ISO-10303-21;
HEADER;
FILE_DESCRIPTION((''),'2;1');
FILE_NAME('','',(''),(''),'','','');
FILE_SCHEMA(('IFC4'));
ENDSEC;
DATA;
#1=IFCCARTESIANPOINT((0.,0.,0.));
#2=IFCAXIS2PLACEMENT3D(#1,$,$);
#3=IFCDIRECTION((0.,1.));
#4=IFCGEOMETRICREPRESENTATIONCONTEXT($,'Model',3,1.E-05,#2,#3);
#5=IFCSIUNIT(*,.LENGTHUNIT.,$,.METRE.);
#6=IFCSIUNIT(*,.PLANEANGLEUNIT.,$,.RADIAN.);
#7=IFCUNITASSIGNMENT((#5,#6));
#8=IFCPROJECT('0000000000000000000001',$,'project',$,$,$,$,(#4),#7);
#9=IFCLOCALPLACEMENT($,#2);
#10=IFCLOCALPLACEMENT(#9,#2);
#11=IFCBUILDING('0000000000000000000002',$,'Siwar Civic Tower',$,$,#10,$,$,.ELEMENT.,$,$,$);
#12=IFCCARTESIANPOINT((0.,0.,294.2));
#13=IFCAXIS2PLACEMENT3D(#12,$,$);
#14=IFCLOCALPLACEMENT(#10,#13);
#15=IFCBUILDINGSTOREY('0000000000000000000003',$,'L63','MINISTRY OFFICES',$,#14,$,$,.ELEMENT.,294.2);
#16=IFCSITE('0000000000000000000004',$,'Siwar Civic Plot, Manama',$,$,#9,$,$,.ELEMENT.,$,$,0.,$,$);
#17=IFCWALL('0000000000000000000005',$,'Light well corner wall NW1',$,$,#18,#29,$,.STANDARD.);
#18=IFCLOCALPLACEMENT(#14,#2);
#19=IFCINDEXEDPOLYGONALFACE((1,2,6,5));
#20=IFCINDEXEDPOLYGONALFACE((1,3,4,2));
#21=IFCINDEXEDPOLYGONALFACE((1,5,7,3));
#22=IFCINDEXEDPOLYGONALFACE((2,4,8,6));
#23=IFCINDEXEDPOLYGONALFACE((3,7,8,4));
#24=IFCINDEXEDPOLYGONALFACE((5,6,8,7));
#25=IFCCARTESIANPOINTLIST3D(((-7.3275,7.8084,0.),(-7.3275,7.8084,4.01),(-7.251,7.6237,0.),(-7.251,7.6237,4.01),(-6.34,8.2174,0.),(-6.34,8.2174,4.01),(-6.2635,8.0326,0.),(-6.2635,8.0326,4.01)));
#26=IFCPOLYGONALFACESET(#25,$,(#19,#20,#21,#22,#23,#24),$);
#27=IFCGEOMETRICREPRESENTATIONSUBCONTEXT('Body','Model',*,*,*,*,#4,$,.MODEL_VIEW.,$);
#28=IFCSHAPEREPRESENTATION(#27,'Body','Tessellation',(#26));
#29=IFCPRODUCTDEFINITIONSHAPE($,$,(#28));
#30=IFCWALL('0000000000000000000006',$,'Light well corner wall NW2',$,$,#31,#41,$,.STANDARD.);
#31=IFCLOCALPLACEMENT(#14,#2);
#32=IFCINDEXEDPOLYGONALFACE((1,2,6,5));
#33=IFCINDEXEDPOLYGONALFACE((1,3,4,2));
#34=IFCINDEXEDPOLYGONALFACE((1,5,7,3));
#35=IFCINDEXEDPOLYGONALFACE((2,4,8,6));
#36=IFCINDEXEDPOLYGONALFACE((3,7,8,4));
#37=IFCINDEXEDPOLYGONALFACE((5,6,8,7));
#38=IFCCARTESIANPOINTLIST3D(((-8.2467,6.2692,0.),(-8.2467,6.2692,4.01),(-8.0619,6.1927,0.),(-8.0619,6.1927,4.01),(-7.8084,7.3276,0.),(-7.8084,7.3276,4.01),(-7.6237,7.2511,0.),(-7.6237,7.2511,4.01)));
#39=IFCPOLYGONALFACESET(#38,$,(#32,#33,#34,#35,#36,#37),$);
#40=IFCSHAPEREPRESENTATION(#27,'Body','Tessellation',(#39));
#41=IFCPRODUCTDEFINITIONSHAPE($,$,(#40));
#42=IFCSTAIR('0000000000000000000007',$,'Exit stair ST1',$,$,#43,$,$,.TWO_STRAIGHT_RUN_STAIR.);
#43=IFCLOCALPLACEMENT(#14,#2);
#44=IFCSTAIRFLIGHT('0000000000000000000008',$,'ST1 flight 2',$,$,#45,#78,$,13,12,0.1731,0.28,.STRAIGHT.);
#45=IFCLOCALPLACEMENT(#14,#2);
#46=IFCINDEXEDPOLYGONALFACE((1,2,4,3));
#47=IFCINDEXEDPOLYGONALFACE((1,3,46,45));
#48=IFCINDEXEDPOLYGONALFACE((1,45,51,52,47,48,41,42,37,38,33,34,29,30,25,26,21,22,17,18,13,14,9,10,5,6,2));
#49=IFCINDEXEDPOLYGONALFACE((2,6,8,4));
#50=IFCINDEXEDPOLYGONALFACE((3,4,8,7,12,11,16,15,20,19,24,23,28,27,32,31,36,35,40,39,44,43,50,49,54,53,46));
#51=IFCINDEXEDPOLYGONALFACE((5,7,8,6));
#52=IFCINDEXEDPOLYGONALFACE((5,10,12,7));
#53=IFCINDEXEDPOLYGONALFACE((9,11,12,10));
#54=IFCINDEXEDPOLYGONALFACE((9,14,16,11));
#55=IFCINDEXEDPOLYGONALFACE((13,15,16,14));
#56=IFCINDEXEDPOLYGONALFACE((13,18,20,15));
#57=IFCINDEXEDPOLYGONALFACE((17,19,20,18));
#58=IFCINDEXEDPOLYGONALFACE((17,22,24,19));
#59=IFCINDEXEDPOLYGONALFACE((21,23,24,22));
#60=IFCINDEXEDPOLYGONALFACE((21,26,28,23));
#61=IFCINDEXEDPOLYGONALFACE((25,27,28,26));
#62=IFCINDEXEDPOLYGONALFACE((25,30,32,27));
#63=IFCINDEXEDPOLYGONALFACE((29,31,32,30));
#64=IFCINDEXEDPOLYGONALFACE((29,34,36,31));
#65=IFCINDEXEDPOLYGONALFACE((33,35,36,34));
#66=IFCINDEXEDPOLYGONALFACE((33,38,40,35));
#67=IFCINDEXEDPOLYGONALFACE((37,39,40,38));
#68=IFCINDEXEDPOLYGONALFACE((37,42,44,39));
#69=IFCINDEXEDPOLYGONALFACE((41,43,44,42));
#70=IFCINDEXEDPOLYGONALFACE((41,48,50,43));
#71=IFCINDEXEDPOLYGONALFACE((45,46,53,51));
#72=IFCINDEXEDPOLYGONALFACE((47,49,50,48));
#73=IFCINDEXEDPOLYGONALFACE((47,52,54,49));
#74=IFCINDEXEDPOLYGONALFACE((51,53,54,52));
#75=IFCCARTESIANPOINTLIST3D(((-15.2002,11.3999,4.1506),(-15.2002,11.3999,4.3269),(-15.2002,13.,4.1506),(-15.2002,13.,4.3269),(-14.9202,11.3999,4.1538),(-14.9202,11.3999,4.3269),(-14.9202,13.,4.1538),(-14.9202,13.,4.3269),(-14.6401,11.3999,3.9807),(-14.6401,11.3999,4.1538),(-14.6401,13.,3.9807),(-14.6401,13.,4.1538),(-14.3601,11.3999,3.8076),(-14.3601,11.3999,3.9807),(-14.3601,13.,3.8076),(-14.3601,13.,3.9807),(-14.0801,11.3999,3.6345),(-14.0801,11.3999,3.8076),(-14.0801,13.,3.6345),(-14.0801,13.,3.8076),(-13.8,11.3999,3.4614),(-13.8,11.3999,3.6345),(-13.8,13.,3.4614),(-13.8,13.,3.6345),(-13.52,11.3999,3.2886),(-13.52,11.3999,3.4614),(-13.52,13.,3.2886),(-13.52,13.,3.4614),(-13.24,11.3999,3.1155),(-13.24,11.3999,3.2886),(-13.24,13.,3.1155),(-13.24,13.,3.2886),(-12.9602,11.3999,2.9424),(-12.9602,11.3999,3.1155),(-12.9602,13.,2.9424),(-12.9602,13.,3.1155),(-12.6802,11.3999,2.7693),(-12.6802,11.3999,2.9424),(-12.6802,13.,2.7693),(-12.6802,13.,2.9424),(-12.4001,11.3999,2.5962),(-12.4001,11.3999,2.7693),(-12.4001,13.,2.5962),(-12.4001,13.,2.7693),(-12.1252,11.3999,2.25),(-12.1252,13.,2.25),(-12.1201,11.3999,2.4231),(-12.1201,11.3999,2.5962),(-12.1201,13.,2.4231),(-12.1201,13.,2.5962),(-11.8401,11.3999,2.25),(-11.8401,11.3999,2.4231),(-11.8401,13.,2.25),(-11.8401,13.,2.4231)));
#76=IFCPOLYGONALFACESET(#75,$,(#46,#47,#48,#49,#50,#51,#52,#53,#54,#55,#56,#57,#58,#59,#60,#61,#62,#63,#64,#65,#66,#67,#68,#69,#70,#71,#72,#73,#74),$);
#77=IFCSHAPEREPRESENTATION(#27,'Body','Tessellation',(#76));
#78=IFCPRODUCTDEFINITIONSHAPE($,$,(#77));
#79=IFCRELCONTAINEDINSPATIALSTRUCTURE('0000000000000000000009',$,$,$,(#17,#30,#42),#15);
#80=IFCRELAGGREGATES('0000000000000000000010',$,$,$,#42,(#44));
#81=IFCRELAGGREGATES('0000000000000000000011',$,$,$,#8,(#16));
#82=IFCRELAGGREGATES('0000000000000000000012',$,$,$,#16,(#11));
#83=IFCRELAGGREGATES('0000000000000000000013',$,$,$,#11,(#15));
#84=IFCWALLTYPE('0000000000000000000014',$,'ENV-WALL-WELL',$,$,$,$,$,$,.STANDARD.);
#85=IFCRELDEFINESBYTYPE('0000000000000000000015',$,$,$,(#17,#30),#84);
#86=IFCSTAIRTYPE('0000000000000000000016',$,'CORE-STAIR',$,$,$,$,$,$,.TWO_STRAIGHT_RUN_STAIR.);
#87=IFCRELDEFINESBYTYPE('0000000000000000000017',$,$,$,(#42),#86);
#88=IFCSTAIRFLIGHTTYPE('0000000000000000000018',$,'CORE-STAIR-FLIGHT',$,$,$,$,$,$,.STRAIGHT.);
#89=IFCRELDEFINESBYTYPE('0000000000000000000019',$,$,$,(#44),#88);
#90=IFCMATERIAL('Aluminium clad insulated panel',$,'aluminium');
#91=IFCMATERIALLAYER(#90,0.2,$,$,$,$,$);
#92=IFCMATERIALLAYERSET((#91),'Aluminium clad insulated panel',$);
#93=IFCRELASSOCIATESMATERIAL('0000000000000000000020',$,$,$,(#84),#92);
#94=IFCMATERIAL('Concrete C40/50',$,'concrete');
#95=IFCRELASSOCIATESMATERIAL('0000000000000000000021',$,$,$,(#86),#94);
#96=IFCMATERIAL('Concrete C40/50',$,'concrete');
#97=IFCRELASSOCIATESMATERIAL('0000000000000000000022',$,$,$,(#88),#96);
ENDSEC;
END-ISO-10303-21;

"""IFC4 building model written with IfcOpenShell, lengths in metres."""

from ifc_helpers import new_model, si_unit, direction, frame, frame_2d, origin, place, context, subcontext, project, spatial, polyline, rectangle, outline, extrude, material, layer, layer_set, type_object, element, aggregate, save


model = new_model("IFC4")

# Units and contexts
model_context = context("Model", 3, precision=1e-05, world=origin(), true_north=direction((0.0, 1.0)))
body_context = subcontext(model_context, "Body", "Model", "MODEL_VIEW")
ifc_project = project(units=[si_unit("LENGTHUNIT", "METRE"), si_unit("PLANEANGLEUNIT", "RADIAN")], contexts=[model_context])

# Site, building, storey
site_placement = place(None, origin())
site = spatial("IfcSite", under=ifc_project, at=site_placement, Name="Siwar Civic Plot, Manama", CompositionType="ELEMENT", RefElevation=0.0)
building_placement = place(site_placement, origin())
building = spatial("IfcBuilding", under=site, at=building_placement, Name="Siwar Civic Tower", CompositionType="ELEMENT")
storey_placement = place(building_placement, frame((0.0, 0.0, 294.2)))
storey = spatial("IfcBuildingStorey", under=building, at=storey_placement, Name="L63", Description="MINISTRY OFFICES", CompositionType="ELEMENT", Elevation=294.2)

# Walls
ifc_material_1 = material(Name="Aluminium clad insulated panel", Category="aluminium")
ifc_layer_1 = layer(ifc_material_1, 0.2)
ifc_layer_set_1 = layer_set([ifc_layer_1], Name="Aluminium clad insulated panel")
wall_type_1 = type_object("IfcWallType", Name="ENV-WALL-WELL", PredefinedType="STANDARD", material=ifc_layer_set_1)
wall_1_placement = place(storey_placement, frame((-6.3018, 8.125, 0.0), z_axis=(0.0, 0.0, 1.0), x_axis=(-0.923919, -0.382587, 0.0)))
element("IfcWall", 1, at=wall_1_placement, inside=storey, type_object=wall_type_1, Name="Light well corner wall NW1", PredefinedType="STANDARD", context=body_context, shape_type="SweptSolid", body=[
    extrude(rectangle(XDim=1.0688, YDim=0.2, at=frame_2d((0.5344, 0.0))), origin(), (0.0, 0.0, 1.0), 4.01),
])
wall_2_placement = place(storey_placement, frame((-7.7161, 7.2893, 0.0), z_axis=(0.0, 0.0, 1.0), x_axis=(-0.382571, -0.923926, 0.0)))
element("IfcWall", 2, at=wall_2_placement, inside=storey, type_object=wall_type_1, Name="Light well corner wall NW2", PredefinedType="STANDARD", context=body_context, shape_type="SweptSolid", body=[
    extrude(rectangle(XDim=1.1455, YDim=0.2, at=frame_2d((0.5728, 0.0))), origin(), (0.0, 0.0, 1.0), 4.01),
])

# Stair, stair flight
ifc_material_2 = material(Name="Concrete C40/50", Category="concrete")
stair_type = type_object("IfcStairType", Name="CORE-STAIR", PredefinedType="TWO_STRAIGHT_RUN_STAIR", material=ifc_material_2)
stair_placement = place(storey_placement, origin())
stair = element("IfcStair", 3, at=stair_placement, inside=storey, type_object=stair_type, Name="Exit stair ST1", PredefinedType="TWO_STRAIGHT_RUN_STAIR")
ifc_material_3 = material(Name="Concrete C40/50", Category="concrete")
stair_flight_type = type_object("IfcStairFlightType", Name="CORE-STAIR-FLIGHT", PredefinedType="STRAIGHT", material=ifc_material_3)
stair_flight_placement = place(storey_placement, frame((-11.8401, 12.2, 2.25), z_axis=(0.0, 0.0, 1.0), x_axis=(-1.0, 0.0, 0.0)))
stair_flight = element("IfcStairFlight", 4, at=stair_flight_placement, type_object=stair_flight_type, Name="ST1 flight 2", NumberOfRisers=13, NumberOfTreads=12, PredefinedType="STRAIGHT", RiserHeight=0.1731, TreadLength=0.28, context=body_context, shape_type="SweptSolid", body=[
    extrude(outline(polyline([(0.0, 0.0), (0.0, 0.1731), (0.28, 0.1731), (0.28, 0.3462), (0.5601, 0.3462), (0.5601, 0.5193), (0.8401, 0.5193), (0.8401, 0.6924), (1.1201, 0.6924), (1.1201, 0.8655), (1.3999, 0.8655), (1.3999, 1.0386), (1.6799, 1.0386), (1.6799, 1.2114), (1.96, 1.2114), (1.96, 1.3845), (2.24, 1.3845), (2.24, 1.5576), (2.52, 1.5576), (2.52, 1.7307), (2.8, 1.7307), (2.8, 1.9038), (3.0801, 1.9038), (3.0801, 2.0769), (3.3601, 2.0769), (3.3601, 2.25), (3.3601, 1.9006), (0.2852, 0.0), (0.0, 0.0)])), frame((0.0, 0.8, 0.0), z_axis=(0.0, -1.0, 0.0), x_axis=(1.0, 0.0, 0.0)), (0.0, 0.0, 1.0), 1.6001),
])
aggregate(stair, [stair_flight])

save(model, "model.ifc")
